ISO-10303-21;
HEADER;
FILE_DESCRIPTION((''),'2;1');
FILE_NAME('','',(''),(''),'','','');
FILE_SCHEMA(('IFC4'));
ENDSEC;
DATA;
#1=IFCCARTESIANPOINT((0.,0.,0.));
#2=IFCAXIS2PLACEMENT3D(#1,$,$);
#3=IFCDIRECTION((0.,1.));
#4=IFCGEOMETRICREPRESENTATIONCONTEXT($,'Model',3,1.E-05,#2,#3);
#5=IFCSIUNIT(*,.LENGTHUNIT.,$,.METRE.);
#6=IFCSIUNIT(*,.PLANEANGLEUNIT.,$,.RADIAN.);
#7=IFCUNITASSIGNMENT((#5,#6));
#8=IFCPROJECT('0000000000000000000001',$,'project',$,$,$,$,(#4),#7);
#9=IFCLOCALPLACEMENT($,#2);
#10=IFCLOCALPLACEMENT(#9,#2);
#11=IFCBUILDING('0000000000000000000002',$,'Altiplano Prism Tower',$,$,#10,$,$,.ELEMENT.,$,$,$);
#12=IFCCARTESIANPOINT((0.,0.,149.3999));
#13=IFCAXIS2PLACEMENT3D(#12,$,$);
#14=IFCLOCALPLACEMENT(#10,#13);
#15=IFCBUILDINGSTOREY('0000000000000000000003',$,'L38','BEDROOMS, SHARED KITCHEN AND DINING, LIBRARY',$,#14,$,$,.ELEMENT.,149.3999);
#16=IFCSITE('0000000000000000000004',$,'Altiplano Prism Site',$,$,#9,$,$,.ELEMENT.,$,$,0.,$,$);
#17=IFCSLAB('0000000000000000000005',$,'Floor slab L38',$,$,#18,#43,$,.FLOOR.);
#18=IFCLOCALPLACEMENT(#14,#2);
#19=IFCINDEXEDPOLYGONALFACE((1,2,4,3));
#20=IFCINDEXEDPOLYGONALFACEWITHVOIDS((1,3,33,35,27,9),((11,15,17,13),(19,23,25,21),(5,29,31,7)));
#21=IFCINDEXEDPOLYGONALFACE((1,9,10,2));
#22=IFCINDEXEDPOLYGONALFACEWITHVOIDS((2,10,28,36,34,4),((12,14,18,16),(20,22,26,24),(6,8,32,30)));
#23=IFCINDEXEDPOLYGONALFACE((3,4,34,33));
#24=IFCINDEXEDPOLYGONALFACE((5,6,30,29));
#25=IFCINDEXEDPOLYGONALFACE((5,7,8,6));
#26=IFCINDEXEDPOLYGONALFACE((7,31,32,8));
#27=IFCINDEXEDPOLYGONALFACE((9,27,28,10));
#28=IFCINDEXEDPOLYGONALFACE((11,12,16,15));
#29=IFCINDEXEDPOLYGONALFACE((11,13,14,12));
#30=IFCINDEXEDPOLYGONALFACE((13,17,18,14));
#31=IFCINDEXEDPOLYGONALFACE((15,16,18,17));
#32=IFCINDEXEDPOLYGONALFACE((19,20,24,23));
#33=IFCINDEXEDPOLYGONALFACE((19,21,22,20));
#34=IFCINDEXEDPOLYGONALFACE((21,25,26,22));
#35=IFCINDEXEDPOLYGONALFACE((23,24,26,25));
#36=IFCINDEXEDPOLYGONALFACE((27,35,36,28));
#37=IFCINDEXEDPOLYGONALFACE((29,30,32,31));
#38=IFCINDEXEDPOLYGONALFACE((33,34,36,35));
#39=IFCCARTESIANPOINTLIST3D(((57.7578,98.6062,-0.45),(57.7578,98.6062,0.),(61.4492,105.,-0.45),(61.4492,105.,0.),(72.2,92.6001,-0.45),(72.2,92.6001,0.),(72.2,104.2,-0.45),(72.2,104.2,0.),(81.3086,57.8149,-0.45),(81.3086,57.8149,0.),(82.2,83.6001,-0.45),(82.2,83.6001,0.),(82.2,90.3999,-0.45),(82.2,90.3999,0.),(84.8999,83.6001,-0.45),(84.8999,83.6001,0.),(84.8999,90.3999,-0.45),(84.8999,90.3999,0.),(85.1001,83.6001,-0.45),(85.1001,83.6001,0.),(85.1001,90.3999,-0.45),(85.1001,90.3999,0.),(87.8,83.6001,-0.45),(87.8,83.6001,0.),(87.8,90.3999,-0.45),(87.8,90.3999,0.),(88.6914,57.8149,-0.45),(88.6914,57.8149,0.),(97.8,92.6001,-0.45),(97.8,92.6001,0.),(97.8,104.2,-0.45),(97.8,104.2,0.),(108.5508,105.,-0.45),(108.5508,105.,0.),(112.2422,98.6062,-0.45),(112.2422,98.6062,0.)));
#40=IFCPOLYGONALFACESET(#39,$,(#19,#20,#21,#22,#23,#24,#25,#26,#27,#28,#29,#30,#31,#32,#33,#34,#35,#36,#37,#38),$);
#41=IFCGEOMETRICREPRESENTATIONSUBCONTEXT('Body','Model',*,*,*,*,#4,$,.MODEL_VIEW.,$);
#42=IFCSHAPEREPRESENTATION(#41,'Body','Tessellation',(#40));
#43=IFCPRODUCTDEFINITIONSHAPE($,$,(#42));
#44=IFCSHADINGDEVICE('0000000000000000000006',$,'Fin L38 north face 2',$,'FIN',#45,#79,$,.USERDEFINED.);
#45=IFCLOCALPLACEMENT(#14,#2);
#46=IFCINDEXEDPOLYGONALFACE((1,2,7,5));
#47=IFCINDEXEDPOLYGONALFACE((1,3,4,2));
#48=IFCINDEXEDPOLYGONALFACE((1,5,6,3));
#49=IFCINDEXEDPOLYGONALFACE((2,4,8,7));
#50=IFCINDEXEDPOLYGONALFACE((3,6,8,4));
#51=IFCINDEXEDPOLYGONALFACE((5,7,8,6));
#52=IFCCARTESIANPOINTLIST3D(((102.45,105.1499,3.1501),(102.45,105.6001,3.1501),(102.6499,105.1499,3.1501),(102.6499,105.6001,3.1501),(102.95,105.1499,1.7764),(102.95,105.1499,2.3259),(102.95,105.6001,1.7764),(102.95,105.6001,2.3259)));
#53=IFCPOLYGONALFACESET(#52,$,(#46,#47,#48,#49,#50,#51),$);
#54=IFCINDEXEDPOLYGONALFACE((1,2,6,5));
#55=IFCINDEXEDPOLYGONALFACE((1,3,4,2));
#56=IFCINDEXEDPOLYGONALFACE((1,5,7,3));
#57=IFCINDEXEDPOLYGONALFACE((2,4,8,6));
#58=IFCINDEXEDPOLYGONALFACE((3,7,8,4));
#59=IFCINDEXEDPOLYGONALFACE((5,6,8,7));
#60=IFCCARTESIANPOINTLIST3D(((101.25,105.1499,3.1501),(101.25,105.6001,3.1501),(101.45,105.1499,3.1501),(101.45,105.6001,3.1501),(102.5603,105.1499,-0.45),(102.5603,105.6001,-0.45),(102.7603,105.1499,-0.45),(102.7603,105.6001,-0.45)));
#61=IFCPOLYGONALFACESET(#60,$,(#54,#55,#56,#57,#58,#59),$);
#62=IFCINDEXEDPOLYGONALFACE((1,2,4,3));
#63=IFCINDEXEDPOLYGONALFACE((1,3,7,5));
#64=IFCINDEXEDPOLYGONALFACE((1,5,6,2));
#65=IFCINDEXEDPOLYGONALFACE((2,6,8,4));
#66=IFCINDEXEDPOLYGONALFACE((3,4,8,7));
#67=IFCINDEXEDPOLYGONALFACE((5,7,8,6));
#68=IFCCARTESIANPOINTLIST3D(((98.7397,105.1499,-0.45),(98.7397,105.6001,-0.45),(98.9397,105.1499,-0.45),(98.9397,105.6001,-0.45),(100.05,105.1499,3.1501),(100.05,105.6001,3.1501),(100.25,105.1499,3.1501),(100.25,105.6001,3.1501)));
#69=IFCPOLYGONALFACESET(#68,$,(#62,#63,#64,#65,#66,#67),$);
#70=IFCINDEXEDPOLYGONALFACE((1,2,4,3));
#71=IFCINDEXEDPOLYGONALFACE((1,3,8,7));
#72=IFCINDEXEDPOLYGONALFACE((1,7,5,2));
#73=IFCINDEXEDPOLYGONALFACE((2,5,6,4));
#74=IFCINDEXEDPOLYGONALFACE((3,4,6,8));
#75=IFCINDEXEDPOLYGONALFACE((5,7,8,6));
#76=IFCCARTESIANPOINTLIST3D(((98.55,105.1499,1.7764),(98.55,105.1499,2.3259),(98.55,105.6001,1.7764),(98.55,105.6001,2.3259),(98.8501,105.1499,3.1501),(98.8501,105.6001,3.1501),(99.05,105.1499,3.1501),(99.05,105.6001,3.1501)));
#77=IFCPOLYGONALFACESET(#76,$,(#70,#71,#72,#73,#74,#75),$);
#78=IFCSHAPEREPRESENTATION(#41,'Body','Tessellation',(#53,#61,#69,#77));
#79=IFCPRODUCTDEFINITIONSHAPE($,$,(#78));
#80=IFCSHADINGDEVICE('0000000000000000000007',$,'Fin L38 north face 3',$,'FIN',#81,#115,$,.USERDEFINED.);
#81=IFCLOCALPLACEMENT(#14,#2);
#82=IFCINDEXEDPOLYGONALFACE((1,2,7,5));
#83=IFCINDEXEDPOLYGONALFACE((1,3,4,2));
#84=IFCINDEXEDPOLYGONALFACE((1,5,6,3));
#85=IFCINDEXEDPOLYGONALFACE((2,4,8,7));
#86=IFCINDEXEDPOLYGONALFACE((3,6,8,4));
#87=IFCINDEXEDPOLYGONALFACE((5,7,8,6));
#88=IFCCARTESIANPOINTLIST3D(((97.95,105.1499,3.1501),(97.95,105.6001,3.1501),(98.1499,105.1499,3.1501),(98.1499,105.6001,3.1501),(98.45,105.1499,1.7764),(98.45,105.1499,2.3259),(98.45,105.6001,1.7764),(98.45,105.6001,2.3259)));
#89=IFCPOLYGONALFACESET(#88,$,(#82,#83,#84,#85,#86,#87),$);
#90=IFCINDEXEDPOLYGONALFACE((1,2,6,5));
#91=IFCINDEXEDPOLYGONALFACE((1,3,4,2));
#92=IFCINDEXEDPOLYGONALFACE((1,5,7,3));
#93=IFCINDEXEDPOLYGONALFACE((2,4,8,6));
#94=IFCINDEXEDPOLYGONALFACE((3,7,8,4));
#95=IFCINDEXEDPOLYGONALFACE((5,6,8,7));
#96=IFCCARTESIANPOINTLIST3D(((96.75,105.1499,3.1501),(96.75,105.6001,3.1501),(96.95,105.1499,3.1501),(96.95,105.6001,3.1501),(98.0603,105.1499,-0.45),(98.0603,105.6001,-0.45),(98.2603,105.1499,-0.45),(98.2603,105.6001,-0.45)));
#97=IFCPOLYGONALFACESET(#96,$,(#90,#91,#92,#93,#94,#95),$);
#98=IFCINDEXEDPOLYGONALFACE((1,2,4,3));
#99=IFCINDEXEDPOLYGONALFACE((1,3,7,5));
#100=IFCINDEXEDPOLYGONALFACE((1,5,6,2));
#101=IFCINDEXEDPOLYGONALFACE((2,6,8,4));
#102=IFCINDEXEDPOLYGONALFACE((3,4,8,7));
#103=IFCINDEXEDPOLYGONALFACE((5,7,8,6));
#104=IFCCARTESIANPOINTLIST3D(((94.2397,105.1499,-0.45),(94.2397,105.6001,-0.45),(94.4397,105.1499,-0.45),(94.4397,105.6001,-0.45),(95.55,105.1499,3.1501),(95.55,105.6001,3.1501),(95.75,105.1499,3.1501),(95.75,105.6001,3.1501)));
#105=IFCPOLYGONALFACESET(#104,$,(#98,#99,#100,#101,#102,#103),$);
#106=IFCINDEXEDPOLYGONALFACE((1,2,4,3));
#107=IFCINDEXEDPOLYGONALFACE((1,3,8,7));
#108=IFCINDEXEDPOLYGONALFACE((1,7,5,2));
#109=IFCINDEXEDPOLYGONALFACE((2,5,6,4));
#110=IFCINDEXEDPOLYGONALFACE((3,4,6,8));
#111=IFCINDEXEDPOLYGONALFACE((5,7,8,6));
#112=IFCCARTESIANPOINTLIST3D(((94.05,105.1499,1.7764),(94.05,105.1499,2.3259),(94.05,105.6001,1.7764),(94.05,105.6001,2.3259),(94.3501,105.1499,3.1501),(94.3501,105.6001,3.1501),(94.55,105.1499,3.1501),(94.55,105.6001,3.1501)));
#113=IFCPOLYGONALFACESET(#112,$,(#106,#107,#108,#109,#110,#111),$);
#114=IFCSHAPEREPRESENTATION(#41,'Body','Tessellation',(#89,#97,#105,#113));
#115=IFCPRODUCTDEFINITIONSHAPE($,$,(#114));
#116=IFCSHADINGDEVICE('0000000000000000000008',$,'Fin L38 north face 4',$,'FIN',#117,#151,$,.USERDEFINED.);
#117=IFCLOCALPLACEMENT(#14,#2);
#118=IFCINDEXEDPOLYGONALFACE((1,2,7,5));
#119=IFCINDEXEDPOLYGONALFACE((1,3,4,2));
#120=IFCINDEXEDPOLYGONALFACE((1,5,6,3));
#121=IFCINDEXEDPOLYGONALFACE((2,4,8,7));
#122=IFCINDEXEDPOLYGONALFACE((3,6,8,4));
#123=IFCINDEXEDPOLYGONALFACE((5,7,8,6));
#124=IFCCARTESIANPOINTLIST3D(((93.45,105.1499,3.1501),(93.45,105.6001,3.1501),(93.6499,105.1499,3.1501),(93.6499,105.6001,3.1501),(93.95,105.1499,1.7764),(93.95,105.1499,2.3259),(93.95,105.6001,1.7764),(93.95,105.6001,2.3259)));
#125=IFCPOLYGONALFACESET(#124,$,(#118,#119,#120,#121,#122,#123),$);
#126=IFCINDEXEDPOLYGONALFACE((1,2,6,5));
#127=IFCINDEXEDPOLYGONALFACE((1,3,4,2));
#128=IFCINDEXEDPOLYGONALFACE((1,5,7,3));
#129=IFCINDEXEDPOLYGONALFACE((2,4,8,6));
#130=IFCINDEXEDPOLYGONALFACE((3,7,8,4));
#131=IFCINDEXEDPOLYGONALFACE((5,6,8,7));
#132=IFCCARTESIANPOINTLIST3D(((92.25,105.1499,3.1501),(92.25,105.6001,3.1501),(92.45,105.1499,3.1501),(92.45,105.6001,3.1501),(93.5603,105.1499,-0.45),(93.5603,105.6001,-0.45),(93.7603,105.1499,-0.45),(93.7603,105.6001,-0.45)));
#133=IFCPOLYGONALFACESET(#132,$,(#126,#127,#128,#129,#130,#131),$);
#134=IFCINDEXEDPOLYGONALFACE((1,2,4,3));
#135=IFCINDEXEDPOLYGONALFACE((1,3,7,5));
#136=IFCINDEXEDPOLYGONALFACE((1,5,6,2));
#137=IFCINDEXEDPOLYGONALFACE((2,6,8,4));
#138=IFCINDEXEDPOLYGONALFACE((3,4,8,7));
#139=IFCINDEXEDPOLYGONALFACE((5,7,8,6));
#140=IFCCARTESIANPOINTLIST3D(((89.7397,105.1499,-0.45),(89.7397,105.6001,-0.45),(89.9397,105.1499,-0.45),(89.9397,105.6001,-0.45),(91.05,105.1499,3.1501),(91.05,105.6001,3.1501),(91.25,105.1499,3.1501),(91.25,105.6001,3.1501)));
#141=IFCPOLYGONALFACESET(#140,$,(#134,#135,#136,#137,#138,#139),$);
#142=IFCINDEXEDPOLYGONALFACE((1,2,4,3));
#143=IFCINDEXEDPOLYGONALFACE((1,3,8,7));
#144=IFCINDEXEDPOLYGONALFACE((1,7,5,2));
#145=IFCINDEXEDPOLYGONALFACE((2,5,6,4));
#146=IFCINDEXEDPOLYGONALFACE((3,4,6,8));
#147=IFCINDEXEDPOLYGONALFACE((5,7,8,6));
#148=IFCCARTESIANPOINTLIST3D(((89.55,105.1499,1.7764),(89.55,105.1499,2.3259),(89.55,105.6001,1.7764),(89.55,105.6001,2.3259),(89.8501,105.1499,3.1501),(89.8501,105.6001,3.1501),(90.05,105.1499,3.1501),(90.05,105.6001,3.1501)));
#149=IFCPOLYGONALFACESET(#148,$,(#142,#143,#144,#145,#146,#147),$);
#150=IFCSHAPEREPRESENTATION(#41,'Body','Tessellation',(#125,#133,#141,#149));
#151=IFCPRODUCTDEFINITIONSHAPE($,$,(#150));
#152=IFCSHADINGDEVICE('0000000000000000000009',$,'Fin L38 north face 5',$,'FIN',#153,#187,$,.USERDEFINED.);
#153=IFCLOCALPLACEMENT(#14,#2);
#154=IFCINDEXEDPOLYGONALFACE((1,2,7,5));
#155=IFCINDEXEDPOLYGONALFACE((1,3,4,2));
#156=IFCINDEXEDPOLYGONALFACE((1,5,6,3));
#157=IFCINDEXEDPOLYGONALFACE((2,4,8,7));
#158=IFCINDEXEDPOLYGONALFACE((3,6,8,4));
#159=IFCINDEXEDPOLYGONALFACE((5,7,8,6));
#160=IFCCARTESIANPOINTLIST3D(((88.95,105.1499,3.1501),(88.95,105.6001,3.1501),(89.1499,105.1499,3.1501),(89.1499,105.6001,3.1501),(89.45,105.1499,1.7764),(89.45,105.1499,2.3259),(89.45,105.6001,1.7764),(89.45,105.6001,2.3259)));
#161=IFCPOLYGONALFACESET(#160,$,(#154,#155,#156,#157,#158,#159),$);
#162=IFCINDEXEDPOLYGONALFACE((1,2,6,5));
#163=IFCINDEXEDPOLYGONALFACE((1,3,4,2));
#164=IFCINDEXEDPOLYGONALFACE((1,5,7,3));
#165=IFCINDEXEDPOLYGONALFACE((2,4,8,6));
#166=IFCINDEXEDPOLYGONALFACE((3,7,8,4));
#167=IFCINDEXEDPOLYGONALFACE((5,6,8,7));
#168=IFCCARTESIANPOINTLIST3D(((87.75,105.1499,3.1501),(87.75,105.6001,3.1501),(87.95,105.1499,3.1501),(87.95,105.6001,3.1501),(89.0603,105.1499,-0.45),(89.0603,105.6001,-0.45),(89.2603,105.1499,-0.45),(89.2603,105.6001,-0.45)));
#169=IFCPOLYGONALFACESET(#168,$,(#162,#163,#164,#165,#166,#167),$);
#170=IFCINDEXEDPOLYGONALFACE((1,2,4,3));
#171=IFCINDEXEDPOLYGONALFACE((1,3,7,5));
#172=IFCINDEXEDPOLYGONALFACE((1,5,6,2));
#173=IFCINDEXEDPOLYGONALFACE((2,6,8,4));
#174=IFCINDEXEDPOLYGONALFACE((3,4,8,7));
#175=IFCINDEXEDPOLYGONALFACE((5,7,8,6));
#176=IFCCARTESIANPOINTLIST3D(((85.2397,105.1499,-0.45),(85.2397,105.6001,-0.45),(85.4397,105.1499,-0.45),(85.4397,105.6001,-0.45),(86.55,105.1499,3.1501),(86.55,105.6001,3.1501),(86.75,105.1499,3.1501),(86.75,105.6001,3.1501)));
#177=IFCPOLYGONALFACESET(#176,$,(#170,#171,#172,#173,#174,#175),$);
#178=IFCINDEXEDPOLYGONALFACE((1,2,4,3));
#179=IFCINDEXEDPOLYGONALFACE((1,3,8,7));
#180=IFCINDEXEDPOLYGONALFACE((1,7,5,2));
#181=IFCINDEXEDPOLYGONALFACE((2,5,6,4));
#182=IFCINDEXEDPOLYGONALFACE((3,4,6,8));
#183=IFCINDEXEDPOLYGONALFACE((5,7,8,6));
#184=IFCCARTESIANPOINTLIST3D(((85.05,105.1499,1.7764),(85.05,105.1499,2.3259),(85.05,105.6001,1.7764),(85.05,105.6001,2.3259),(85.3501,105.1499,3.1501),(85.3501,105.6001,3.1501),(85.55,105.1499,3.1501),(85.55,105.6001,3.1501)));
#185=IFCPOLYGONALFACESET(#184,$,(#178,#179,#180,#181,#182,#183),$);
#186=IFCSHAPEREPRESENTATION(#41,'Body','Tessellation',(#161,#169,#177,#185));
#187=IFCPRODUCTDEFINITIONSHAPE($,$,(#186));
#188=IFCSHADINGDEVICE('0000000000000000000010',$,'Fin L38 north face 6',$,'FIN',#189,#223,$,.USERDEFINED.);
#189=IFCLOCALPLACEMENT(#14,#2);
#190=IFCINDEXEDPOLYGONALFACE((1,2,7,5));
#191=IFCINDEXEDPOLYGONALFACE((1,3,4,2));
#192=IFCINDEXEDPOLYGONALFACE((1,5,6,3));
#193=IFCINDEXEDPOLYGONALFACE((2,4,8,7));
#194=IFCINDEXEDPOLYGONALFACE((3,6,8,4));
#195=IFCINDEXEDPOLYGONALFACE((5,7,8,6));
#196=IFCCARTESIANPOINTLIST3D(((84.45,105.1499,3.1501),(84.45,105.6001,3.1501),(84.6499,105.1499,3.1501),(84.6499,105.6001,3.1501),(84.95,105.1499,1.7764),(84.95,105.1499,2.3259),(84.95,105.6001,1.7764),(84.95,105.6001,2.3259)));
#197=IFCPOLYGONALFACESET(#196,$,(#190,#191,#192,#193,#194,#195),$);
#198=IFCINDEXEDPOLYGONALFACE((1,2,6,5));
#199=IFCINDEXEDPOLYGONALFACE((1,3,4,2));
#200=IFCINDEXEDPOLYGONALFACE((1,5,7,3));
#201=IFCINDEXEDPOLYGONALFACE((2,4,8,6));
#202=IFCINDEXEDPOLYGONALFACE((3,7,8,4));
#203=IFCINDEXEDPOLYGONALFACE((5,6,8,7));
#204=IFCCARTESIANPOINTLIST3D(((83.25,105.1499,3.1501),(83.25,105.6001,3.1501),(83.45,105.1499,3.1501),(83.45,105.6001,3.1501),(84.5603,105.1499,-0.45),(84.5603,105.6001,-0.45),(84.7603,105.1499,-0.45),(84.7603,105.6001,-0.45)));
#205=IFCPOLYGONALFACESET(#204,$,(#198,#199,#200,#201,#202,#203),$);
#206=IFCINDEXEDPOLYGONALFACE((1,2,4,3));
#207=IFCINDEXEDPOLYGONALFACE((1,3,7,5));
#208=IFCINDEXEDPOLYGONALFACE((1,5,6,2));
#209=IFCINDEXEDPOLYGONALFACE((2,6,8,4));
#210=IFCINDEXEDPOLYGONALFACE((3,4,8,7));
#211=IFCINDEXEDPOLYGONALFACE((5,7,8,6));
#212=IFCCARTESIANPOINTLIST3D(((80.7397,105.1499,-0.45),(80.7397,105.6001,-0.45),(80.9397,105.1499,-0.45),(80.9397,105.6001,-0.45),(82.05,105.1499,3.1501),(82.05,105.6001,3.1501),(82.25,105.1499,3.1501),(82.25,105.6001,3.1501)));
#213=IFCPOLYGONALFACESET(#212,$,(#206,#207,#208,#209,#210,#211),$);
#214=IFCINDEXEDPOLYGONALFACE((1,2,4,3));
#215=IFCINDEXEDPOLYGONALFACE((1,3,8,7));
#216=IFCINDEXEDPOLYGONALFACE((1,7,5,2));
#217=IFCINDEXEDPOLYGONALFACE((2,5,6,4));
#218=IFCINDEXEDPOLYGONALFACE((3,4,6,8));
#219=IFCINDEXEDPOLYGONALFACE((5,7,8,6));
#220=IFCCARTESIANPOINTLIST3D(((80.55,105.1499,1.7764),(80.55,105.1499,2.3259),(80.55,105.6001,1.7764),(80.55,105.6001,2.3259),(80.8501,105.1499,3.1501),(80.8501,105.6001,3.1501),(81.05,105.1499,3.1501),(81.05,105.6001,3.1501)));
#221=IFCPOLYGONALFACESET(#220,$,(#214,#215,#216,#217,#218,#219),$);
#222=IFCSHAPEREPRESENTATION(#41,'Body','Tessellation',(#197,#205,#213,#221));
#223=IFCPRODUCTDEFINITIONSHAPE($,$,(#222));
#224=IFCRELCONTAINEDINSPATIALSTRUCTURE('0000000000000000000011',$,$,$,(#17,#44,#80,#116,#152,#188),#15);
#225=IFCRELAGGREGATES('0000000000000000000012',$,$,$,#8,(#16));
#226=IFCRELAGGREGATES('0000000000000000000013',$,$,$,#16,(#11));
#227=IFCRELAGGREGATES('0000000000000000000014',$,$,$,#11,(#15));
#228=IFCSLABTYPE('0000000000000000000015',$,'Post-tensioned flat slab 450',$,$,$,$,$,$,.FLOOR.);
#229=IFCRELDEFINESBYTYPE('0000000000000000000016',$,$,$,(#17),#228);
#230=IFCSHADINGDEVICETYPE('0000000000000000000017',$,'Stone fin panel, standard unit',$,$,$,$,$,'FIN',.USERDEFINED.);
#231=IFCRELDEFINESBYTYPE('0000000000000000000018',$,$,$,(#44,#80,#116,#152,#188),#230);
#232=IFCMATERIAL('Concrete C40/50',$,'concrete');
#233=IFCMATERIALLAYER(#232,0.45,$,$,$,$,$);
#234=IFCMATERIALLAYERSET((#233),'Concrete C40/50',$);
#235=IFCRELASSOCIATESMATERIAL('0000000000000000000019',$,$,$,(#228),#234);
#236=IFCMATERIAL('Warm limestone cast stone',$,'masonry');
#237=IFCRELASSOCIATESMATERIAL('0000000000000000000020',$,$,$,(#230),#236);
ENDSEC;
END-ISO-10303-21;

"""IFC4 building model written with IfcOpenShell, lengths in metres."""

from ifc_helpers import new_model, si_unit, direction, frame, origin, place, context, subcontext, project, spatial, polyline, outline, extrude, source, transform, mapped, material, layer, layer_set, type_object, element, save


model = new_model("IFC4")

# Units and contexts
model_context = context("Model", 3, precision=1e-05, world=origin(), true_north=direction((0.0, 1.0)))
body_context = subcontext(model_context, "Body", "Model", "MODEL_VIEW")
ifc_project = project(units=[si_unit("LENGTHUNIT", "METRE"), si_unit("PLANEANGLEUNIT", "RADIAN")], contexts=[model_context])

# Site, building, storey
site_placement = place(None, origin())
site = spatial("IfcSite", under=ifc_project, at=site_placement, Name="Altiplano Prism Site", CompositionType="ELEMENT", RefElevation=0.0)
building_placement = place(site_placement, origin())
building = spatial("IfcBuilding", under=site, at=building_placement, Name="Altiplano Prism Tower", CompositionType="ELEMENT")
storey_placement = place(building_placement, frame((0.0, 0.0, 149.3999)))
storey = spatial("IfcBuildingStorey", under=building, at=storey_placement, Name="L38", Description="BEDROOMS, SHARED KITCHEN AND DINING, LIBRARY", CompositionType="ELEMENT", Elevation=149.3999)

# Slab
ifc_material_1 = material(Name="Concrete C40/50", Category="concrete")
ifc_layer = layer(ifc_material_1, 0.45)
ifc_layer_set = layer_set([ifc_layer], Name="Concrete C40/50")
slab_type = type_object("IfcSlabType", Name="Post-tensioned flat slab 450", PredefinedType="FLOOR", material=ifc_layer_set)
slab_placement = place(storey_placement, frame((0.0, 0.0, -0.45)))
element("IfcSlab", 1, at=slab_placement, inside=storey, type_object=slab_type, Name="Floor slab L38", PredefinedType="FLOOR", context=body_context, shape_type="SweptSolid", body=[
    extrude(outline(polyline([(81.3086, 57.8149), (57.7578, 98.6062), (61.4492, 105.0), (108.5508, 105.0), (112.2422, 98.6062), (88.6914, 57.8149), (81.3086, 57.8149)]), holes=[polyline([(72.2, 104.2), (72.2, 92.6001), (97.8, 92.6001), (97.8, 104.2), (72.2, 104.2)]), polyline([(84.8999, 90.3999), (82.2, 90.3999), (82.2, 83.6001), (84.8999, 83.6001), (84.8999, 90.3999)]), polyline([(87.8, 83.6001), (87.8, 90.3999), (85.1001, 90.3999), (85.1001, 83.6001), (87.8, 83.6001)])]), origin(), (0.0, 0.0, 1.0), 0.45),
])

# Shading devices
ifc_material_2 = material(Name="Warm limestone cast stone", Category="masonry")
shading_device_type_1 = type_object("IfcShadingDeviceType", Name="Stone fin panel, standard unit", ElementType="FIN", PredefinedType="USERDEFINED", material=ifc_material_2)
shared_shape_1 = source(origin(), body_context, "Body", "SweptSolid", [
    extrude(outline(polyline([(-2.2, 2.2263), (-1.7, 3.6001), (-1.8999, 3.6001), (-2.2, 2.7759), (-2.2, 2.2263)])), frame((0.0, -0.1499, 0.0), z_axis=(0.0, -1.0, 0.0), x_axis=(1.0, 0.0, 0.0)), (0.0, 0.0, 1.0), 0.4502),
    extrude(outline(polyline([(-2.0103, 0.0), (-1.8103, 0.0), (-0.5, 3.6001), (-0.7, 3.6001), (-2.0103, 0.0)])), frame((0.0, -0.1499, 0.0), z_axis=(0.0, -1.0, 0.0), x_axis=(1.0, 0.0, 0.0)), (0.0, 0.0, 1.0), 0.4502),
    extrude(outline(polyline([(1.8103, 0.0), (2.0103, 0.0), (0.7, 3.6001), (0.5, 3.6001), (1.8103, 0.0)])), frame((0.0, -0.1499, 0.0), z_axis=(0.0, -1.0, 0.0), x_axis=(1.0, 0.0, 0.0)), (0.0, 0.0, 1.0), 0.4502),
    extrude(outline(polyline([(2.2, 2.7759), (1.8999, 3.6001), (1.7, 3.6001), (2.2, 2.2263), (2.2, 2.7759)])), frame((0.0, -0.1499, 0.0), z_axis=(0.0, -1.0, 0.0), x_axis=(1.0, 0.0, 0.0)), (0.0, 0.0, 1.0), 0.4502),
])
shading_device_1_placement = place(storey_placement, origin())
element("IfcShadingDevice", 2, at=shading_device_1_placement, inside=storey, type_object=shading_device_type_1, Name="Fin L38 north face 2", ObjectType="FIN", PredefinedType="USERDEFINED", context=body_context, shape_type="MappedRepresentation", body=[
    mapped(shared_shape_1, transform((100.75, 105.0, -0.45), x_axis=(-1.0, 0.0, 0.0), y_axis=(0.0, -1.0, 0.0), z_axis=(0.0, 0.0, 1.0))),
])
shading_device_2_placement = place(storey_placement, origin())
element("IfcShadingDevice", 3, at=shading_device_2_placement, inside=storey, type_object=shading_device_type_1, Name="Fin L38 north face 3", ObjectType="FIN", PredefinedType="USERDEFINED", context=body_context, shape_type="MappedRepresentation", body=[
    mapped(shared_shape_1, transform((96.25, 105.0, -0.45), x_axis=(-1.0, 0.0, 0.0), y_axis=(0.0, -1.0, 0.0), z_axis=(0.0, 0.0, 1.0))),
])
shading_device_3_placement = place(storey_placement, origin())
element("IfcShadingDevice", 4, at=shading_device_3_placement, inside=storey, type_object=shading_device_type_1, Name="Fin L38 north face 4", ObjectType="FIN", PredefinedType="USERDEFINED", context=body_context, shape_type="MappedRepresentation", body=[
    mapped(shared_shape_1, transform((91.75, 105.0, -0.45), x_axis=(-1.0, 0.0, 0.0), y_axis=(0.0, -1.0, 0.0), z_axis=(0.0, 0.0, 1.0))),
])
shading_device_4_placement = place(storey_placement, origin())
element("IfcShadingDevice", 5, at=shading_device_4_placement, inside=storey, type_object=shading_device_type_1, Name="Fin L38 north face 5", ObjectType="FIN", PredefinedType="USERDEFINED", context=body_context, shape_type="MappedRepresentation", body=[
    mapped(shared_shape_1, transform((87.25, 105.0, -0.45), x_axis=(-1.0, 0.0, 0.0), y_axis=(0.0, -1.0, 0.0), z_axis=(0.0, 0.0, 1.0))),
])
shading_device_5_placement = place(storey_placement, origin())
element("IfcShadingDevice", 6, at=shading_device_5_placement, inside=storey, type_object=shading_device_type_1, Name="Fin L38 north face 6", ObjectType="FIN", PredefinedType="USERDEFINED", context=body_context, shape_type="MappedRepresentation", body=[
    mapped(shared_shape_1, transform((82.75, 105.0, -0.45), x_axis=(-1.0, 0.0, 0.0), y_axis=(0.0, -1.0, 0.0), z_axis=(0.0, 0.0, 1.0))),
])

save(model, "model.ifc")
